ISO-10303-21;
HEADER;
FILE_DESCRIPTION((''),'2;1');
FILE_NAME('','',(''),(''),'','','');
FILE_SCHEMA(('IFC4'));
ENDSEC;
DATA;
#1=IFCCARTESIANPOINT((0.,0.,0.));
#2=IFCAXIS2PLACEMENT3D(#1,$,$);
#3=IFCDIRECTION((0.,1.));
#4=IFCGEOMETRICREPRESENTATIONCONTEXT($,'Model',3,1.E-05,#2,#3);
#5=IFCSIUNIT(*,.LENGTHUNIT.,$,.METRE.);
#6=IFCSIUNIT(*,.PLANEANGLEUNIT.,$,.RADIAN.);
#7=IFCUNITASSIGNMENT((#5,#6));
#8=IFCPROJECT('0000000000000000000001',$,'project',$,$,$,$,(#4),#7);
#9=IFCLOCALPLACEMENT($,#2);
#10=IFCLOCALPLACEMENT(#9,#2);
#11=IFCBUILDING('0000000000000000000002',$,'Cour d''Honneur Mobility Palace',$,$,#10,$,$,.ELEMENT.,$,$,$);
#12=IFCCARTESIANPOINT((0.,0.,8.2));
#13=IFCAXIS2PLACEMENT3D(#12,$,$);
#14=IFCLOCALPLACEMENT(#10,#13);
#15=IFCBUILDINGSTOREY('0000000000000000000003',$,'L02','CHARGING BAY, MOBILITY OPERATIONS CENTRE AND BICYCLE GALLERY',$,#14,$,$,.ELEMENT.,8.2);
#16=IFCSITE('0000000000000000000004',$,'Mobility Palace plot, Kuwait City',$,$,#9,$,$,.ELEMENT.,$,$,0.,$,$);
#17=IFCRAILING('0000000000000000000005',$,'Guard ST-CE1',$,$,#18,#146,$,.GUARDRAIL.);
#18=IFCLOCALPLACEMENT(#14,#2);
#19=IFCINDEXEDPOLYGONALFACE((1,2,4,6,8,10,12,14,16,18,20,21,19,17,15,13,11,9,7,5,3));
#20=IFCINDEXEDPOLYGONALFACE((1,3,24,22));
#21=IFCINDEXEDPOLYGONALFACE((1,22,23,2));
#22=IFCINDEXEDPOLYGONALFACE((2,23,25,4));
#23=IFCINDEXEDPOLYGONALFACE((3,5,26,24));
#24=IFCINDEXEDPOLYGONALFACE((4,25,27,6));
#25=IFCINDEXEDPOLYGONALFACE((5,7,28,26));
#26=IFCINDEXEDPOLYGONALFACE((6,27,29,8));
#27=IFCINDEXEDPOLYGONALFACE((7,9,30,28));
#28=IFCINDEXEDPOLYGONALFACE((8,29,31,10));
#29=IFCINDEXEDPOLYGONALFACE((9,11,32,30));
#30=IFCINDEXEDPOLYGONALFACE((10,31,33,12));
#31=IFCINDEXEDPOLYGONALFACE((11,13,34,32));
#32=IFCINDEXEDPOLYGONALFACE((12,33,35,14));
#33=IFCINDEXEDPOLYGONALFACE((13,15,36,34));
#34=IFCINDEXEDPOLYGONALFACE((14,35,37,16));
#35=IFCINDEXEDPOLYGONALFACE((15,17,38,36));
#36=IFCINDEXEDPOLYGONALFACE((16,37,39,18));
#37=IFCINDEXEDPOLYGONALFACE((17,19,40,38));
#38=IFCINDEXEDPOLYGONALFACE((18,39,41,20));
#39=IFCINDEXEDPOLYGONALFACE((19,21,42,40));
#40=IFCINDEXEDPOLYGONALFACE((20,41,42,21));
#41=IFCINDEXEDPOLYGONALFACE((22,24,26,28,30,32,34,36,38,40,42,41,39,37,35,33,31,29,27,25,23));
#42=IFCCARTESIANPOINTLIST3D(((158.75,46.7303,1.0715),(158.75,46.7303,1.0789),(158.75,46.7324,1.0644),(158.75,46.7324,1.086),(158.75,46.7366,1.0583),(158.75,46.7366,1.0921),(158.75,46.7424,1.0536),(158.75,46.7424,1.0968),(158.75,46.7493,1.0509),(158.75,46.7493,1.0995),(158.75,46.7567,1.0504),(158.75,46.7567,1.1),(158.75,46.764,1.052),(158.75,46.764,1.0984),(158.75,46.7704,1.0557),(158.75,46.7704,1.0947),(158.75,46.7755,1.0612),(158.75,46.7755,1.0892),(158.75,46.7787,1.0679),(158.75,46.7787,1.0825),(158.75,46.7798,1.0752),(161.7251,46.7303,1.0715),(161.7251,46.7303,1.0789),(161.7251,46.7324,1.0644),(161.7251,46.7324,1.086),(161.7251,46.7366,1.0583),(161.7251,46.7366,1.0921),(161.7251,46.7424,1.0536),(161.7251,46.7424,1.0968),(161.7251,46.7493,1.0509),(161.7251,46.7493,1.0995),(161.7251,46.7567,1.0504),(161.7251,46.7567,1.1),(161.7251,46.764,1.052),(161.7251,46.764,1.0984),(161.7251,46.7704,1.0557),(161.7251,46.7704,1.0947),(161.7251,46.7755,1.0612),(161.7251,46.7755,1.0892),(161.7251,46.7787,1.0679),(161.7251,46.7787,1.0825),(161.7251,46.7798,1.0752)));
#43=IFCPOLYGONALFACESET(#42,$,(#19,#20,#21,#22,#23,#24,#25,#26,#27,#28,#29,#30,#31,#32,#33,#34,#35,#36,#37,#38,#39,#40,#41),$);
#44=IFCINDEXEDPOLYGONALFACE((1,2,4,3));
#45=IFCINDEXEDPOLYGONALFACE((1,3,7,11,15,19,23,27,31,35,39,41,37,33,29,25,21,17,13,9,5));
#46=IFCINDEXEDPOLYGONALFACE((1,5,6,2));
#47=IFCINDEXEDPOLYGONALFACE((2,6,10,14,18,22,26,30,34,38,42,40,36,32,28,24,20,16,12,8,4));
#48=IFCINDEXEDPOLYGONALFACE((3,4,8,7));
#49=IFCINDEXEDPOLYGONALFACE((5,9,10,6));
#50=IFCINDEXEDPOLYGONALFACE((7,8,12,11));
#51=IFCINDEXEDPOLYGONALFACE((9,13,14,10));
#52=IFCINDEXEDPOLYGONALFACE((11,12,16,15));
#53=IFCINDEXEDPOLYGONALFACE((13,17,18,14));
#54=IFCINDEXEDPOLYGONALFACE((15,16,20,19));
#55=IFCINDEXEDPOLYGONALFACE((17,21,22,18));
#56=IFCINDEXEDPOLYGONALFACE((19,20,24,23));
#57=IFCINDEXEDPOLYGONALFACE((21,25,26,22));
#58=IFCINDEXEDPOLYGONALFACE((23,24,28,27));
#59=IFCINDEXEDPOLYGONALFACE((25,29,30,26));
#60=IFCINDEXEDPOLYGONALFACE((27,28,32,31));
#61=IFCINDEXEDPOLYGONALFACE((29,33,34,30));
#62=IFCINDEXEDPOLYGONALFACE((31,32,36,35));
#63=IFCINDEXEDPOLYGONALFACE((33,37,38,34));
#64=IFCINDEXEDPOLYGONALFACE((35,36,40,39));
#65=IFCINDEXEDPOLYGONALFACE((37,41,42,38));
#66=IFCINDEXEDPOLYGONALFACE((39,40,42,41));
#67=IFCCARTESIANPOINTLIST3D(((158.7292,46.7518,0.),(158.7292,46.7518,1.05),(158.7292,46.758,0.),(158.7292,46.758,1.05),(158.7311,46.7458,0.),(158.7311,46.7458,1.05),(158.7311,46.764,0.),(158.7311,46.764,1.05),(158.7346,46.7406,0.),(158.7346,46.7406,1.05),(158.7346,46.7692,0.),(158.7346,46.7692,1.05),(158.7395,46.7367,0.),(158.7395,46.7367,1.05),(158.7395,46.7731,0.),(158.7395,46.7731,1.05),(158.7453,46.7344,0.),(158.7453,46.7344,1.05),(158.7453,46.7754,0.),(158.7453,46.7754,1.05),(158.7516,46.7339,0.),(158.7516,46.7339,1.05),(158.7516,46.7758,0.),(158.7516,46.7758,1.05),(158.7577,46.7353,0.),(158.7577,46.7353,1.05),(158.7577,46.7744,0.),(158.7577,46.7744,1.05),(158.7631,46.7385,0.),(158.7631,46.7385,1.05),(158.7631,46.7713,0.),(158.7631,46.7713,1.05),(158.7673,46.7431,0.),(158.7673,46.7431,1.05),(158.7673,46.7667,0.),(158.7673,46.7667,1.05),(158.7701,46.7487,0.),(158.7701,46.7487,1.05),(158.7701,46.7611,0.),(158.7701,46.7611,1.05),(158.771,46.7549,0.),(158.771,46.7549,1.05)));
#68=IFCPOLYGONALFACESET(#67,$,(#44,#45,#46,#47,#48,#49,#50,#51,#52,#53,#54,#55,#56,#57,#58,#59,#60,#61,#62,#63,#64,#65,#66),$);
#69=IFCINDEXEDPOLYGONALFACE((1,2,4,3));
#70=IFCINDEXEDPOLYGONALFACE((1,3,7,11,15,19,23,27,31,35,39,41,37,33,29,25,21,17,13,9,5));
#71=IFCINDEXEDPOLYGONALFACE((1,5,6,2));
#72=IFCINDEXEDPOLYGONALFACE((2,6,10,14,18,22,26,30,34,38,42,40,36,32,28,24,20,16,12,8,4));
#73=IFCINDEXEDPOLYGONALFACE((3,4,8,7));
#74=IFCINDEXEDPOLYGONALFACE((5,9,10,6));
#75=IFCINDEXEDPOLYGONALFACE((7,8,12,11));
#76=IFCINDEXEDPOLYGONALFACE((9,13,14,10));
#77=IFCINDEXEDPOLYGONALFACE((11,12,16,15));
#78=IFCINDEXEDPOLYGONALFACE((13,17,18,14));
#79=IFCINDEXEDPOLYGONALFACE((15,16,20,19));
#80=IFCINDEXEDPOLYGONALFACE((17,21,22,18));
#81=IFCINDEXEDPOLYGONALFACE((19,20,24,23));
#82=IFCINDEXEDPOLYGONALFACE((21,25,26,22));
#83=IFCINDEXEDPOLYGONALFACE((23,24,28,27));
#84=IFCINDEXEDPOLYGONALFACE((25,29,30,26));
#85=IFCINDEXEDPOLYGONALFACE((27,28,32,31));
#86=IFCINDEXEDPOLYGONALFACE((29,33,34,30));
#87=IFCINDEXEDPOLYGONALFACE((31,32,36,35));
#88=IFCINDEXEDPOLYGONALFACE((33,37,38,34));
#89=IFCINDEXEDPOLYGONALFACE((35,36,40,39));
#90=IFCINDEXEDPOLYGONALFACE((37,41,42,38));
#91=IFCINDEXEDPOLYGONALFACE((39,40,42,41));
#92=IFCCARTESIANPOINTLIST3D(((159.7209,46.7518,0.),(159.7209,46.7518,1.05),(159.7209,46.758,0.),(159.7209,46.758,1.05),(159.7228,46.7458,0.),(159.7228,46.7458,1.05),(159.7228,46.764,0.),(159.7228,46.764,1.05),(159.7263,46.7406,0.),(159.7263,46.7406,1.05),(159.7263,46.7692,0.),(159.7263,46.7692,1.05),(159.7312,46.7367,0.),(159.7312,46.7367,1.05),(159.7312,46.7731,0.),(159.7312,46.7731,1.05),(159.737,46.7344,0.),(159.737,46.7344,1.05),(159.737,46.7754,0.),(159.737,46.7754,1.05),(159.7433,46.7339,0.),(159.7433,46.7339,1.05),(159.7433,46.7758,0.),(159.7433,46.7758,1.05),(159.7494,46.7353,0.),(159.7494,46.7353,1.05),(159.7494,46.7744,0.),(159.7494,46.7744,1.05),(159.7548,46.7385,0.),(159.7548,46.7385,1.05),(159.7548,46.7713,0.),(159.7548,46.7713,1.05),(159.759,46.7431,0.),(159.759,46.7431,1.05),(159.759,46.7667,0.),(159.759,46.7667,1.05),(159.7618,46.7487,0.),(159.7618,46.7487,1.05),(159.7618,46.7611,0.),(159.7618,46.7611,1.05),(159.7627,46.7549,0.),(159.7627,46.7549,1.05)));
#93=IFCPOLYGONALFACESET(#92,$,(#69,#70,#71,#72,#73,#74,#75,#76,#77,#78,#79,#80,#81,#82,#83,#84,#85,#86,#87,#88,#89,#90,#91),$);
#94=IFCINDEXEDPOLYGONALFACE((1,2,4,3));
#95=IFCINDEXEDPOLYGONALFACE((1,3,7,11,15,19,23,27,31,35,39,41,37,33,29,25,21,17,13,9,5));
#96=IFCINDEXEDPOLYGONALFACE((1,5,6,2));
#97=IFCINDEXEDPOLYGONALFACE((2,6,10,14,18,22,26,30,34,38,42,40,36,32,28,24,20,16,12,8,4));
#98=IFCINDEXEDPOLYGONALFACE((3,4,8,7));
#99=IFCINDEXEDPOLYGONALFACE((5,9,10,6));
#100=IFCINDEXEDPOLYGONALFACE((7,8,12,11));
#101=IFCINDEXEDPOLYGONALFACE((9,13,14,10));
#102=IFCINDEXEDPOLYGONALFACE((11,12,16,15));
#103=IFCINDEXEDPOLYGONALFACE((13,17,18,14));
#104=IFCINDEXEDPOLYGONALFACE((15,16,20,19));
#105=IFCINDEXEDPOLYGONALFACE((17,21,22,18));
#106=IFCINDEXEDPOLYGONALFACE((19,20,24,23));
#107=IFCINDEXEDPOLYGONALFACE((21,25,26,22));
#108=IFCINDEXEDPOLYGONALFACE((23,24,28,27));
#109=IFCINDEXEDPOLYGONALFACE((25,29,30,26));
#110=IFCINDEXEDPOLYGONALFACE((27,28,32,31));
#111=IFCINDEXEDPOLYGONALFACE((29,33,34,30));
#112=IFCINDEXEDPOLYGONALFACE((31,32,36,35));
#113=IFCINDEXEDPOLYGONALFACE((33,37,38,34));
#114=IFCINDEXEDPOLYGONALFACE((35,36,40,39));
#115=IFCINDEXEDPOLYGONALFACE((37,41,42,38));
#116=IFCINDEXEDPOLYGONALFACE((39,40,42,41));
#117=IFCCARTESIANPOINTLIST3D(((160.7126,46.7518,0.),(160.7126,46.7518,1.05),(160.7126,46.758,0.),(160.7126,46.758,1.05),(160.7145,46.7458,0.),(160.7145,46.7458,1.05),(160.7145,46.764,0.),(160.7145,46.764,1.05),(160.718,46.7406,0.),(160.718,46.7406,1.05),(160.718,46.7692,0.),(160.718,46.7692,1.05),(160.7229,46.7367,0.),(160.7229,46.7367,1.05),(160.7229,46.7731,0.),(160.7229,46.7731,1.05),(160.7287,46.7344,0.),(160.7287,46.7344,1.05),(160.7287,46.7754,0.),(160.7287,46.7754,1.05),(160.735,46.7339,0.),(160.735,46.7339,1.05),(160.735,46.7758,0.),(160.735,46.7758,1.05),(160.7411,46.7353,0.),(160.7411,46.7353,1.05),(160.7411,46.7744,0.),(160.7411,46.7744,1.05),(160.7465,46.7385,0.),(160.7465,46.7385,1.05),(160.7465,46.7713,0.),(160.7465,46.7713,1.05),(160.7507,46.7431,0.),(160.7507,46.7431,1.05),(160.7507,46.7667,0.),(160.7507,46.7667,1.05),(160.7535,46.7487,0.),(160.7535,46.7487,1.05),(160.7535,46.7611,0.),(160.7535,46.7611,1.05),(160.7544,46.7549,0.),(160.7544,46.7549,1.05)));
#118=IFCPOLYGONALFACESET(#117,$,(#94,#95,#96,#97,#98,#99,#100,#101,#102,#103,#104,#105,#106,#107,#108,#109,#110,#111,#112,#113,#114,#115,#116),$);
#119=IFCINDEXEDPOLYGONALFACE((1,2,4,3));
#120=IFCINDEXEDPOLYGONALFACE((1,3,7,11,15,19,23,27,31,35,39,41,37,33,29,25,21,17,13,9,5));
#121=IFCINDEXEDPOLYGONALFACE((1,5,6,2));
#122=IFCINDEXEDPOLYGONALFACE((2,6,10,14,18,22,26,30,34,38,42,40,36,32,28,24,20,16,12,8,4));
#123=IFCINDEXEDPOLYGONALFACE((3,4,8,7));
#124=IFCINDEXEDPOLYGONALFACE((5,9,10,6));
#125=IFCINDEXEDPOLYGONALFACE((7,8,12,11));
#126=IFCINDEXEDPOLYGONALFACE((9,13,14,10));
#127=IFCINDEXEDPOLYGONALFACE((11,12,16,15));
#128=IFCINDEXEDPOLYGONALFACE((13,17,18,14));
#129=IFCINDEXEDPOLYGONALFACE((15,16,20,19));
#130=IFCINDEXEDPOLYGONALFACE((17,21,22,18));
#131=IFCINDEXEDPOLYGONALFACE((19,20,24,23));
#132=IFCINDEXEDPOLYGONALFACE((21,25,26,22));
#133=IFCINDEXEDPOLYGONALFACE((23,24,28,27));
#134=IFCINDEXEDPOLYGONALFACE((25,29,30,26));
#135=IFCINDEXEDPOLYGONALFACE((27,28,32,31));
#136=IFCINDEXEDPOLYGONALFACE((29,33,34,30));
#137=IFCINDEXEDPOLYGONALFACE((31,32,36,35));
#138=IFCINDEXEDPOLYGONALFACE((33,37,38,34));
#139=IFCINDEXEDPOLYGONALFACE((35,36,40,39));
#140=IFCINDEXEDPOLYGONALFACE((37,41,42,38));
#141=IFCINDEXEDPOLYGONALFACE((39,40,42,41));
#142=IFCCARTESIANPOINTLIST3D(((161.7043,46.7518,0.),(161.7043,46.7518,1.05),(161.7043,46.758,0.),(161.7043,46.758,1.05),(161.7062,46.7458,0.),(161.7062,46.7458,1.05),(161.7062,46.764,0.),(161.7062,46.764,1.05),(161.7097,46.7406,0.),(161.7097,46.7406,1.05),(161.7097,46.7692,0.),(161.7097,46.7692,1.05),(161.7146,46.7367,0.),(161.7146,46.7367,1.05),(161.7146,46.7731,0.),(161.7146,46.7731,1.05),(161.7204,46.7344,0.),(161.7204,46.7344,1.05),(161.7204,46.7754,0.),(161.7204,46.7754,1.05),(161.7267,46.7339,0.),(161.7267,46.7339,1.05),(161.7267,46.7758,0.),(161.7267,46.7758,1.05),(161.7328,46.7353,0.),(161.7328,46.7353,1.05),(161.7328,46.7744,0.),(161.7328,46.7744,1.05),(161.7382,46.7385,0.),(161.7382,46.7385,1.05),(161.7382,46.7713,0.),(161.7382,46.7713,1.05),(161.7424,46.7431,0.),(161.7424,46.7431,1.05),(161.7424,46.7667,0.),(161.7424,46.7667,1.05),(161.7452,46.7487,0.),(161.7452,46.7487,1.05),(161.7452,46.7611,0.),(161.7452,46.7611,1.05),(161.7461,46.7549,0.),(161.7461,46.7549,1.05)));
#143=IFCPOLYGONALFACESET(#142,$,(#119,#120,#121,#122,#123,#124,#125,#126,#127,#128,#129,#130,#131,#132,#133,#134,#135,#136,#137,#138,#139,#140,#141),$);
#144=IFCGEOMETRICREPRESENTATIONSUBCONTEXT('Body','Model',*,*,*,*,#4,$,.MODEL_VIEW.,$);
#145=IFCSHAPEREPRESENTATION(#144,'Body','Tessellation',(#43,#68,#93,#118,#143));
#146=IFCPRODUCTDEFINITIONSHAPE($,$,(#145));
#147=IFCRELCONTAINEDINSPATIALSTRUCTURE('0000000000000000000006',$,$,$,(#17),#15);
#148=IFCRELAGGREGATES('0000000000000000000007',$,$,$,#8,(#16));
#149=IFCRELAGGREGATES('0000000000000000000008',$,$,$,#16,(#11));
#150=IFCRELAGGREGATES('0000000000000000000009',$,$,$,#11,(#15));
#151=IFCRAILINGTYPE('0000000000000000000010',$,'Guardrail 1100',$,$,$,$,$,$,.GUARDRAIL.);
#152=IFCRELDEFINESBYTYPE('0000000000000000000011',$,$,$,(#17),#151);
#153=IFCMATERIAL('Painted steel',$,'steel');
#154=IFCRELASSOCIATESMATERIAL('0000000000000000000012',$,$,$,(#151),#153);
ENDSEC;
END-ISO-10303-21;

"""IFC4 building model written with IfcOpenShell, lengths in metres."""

from ifc_helpers import new_model, si_unit, direction, frame, origin, origin_2d, place, context, subcontext, project, spatial, circle, extrude, material, type_object, element, save


model = new_model("IFC4")

# Units and contexts
model_context = context("Model", 3, precision=1e-05, world=origin(), true_north=direction((0.0, 1.0)))
body_context = subcontext(model_context, "Body", "Model", "MODEL_VIEW")
ifc_project = project(units=[si_unit("LENGTHUNIT", "METRE"), si_unit("PLANEANGLEUNIT", "RADIAN")], contexts=[model_context])

# Site, building, storey
site_placement = place(None, origin())
site = spatial("IfcSite", under=ifc_project, at=site_placement, Name="Mobility Palace plot, Kuwait City", CompositionType="ELEMENT", RefElevation=0.0)
building_placement = place(site_placement, origin())
building = spatial("IfcBuilding", under=site, at=building_placement, Name="Cour d'Honneur Mobility Palace", CompositionType="ELEMENT")
storey_placement = place(building_placement, frame((0.0, 0.0, 8.2)))
storey = spatial("IfcBuildingStorey", under=building, at=storey_placement, Name="L02", Description="CHARGING BAY, MOBILITY OPERATIONS CENTRE AND BICYCLE GALLERY", CompositionType="ELEMENT", Elevation=8.2)

# Railing
ifc_material_1 = material(Name="Painted steel", Category="steel")
railing_type_1 = type_object("IfcRailingType", Name="Guardrail 1100", PredefinedType="GUARDRAIL", material=ifc_material_1)
railing_1_placement = place(storey_placement, frame((158.75, 46.7549, 0.0)))
element("IfcRailing", 1, at=railing_1_placement, inside=storey, type_object=railing_type_1, Name="Guard ST-CE1", PredefinedType="GUARDRAIL", context=body_context, shape_type="SweptSolid", body=[
    extrude(circle(Radius=0.0249, at=origin_2d()), frame((0.0, 0.0, 1.0752), z_axis=(1.0, 0.0, 0.0), x_axis=(0.0, 1.0, 0.0)), (0.0, 0.0, 1.0), 2.9751),
    extrude(circle(Radius=0.021, at=origin_2d()), origin(), (0.0, 0.0, 1.0), 1.05),
    extrude(circle(Radius=0.021, at=origin_2d()), frame((0.9917, 0.0, 0.0)), (0.0, 0.0, 1.0), 1.05),
    extrude(circle(Radius=0.021, at=origin_2d()), frame((1.9834, 0.0, 0.0)), (0.0, 0.0, 1.0), 1.05),
    extrude(circle(Radius=0.021, at=origin_2d()), frame((2.9751, 0.0, 0.0)), (0.0, 0.0, 1.0), 1.05),
])

save(model, "model.ifc")
